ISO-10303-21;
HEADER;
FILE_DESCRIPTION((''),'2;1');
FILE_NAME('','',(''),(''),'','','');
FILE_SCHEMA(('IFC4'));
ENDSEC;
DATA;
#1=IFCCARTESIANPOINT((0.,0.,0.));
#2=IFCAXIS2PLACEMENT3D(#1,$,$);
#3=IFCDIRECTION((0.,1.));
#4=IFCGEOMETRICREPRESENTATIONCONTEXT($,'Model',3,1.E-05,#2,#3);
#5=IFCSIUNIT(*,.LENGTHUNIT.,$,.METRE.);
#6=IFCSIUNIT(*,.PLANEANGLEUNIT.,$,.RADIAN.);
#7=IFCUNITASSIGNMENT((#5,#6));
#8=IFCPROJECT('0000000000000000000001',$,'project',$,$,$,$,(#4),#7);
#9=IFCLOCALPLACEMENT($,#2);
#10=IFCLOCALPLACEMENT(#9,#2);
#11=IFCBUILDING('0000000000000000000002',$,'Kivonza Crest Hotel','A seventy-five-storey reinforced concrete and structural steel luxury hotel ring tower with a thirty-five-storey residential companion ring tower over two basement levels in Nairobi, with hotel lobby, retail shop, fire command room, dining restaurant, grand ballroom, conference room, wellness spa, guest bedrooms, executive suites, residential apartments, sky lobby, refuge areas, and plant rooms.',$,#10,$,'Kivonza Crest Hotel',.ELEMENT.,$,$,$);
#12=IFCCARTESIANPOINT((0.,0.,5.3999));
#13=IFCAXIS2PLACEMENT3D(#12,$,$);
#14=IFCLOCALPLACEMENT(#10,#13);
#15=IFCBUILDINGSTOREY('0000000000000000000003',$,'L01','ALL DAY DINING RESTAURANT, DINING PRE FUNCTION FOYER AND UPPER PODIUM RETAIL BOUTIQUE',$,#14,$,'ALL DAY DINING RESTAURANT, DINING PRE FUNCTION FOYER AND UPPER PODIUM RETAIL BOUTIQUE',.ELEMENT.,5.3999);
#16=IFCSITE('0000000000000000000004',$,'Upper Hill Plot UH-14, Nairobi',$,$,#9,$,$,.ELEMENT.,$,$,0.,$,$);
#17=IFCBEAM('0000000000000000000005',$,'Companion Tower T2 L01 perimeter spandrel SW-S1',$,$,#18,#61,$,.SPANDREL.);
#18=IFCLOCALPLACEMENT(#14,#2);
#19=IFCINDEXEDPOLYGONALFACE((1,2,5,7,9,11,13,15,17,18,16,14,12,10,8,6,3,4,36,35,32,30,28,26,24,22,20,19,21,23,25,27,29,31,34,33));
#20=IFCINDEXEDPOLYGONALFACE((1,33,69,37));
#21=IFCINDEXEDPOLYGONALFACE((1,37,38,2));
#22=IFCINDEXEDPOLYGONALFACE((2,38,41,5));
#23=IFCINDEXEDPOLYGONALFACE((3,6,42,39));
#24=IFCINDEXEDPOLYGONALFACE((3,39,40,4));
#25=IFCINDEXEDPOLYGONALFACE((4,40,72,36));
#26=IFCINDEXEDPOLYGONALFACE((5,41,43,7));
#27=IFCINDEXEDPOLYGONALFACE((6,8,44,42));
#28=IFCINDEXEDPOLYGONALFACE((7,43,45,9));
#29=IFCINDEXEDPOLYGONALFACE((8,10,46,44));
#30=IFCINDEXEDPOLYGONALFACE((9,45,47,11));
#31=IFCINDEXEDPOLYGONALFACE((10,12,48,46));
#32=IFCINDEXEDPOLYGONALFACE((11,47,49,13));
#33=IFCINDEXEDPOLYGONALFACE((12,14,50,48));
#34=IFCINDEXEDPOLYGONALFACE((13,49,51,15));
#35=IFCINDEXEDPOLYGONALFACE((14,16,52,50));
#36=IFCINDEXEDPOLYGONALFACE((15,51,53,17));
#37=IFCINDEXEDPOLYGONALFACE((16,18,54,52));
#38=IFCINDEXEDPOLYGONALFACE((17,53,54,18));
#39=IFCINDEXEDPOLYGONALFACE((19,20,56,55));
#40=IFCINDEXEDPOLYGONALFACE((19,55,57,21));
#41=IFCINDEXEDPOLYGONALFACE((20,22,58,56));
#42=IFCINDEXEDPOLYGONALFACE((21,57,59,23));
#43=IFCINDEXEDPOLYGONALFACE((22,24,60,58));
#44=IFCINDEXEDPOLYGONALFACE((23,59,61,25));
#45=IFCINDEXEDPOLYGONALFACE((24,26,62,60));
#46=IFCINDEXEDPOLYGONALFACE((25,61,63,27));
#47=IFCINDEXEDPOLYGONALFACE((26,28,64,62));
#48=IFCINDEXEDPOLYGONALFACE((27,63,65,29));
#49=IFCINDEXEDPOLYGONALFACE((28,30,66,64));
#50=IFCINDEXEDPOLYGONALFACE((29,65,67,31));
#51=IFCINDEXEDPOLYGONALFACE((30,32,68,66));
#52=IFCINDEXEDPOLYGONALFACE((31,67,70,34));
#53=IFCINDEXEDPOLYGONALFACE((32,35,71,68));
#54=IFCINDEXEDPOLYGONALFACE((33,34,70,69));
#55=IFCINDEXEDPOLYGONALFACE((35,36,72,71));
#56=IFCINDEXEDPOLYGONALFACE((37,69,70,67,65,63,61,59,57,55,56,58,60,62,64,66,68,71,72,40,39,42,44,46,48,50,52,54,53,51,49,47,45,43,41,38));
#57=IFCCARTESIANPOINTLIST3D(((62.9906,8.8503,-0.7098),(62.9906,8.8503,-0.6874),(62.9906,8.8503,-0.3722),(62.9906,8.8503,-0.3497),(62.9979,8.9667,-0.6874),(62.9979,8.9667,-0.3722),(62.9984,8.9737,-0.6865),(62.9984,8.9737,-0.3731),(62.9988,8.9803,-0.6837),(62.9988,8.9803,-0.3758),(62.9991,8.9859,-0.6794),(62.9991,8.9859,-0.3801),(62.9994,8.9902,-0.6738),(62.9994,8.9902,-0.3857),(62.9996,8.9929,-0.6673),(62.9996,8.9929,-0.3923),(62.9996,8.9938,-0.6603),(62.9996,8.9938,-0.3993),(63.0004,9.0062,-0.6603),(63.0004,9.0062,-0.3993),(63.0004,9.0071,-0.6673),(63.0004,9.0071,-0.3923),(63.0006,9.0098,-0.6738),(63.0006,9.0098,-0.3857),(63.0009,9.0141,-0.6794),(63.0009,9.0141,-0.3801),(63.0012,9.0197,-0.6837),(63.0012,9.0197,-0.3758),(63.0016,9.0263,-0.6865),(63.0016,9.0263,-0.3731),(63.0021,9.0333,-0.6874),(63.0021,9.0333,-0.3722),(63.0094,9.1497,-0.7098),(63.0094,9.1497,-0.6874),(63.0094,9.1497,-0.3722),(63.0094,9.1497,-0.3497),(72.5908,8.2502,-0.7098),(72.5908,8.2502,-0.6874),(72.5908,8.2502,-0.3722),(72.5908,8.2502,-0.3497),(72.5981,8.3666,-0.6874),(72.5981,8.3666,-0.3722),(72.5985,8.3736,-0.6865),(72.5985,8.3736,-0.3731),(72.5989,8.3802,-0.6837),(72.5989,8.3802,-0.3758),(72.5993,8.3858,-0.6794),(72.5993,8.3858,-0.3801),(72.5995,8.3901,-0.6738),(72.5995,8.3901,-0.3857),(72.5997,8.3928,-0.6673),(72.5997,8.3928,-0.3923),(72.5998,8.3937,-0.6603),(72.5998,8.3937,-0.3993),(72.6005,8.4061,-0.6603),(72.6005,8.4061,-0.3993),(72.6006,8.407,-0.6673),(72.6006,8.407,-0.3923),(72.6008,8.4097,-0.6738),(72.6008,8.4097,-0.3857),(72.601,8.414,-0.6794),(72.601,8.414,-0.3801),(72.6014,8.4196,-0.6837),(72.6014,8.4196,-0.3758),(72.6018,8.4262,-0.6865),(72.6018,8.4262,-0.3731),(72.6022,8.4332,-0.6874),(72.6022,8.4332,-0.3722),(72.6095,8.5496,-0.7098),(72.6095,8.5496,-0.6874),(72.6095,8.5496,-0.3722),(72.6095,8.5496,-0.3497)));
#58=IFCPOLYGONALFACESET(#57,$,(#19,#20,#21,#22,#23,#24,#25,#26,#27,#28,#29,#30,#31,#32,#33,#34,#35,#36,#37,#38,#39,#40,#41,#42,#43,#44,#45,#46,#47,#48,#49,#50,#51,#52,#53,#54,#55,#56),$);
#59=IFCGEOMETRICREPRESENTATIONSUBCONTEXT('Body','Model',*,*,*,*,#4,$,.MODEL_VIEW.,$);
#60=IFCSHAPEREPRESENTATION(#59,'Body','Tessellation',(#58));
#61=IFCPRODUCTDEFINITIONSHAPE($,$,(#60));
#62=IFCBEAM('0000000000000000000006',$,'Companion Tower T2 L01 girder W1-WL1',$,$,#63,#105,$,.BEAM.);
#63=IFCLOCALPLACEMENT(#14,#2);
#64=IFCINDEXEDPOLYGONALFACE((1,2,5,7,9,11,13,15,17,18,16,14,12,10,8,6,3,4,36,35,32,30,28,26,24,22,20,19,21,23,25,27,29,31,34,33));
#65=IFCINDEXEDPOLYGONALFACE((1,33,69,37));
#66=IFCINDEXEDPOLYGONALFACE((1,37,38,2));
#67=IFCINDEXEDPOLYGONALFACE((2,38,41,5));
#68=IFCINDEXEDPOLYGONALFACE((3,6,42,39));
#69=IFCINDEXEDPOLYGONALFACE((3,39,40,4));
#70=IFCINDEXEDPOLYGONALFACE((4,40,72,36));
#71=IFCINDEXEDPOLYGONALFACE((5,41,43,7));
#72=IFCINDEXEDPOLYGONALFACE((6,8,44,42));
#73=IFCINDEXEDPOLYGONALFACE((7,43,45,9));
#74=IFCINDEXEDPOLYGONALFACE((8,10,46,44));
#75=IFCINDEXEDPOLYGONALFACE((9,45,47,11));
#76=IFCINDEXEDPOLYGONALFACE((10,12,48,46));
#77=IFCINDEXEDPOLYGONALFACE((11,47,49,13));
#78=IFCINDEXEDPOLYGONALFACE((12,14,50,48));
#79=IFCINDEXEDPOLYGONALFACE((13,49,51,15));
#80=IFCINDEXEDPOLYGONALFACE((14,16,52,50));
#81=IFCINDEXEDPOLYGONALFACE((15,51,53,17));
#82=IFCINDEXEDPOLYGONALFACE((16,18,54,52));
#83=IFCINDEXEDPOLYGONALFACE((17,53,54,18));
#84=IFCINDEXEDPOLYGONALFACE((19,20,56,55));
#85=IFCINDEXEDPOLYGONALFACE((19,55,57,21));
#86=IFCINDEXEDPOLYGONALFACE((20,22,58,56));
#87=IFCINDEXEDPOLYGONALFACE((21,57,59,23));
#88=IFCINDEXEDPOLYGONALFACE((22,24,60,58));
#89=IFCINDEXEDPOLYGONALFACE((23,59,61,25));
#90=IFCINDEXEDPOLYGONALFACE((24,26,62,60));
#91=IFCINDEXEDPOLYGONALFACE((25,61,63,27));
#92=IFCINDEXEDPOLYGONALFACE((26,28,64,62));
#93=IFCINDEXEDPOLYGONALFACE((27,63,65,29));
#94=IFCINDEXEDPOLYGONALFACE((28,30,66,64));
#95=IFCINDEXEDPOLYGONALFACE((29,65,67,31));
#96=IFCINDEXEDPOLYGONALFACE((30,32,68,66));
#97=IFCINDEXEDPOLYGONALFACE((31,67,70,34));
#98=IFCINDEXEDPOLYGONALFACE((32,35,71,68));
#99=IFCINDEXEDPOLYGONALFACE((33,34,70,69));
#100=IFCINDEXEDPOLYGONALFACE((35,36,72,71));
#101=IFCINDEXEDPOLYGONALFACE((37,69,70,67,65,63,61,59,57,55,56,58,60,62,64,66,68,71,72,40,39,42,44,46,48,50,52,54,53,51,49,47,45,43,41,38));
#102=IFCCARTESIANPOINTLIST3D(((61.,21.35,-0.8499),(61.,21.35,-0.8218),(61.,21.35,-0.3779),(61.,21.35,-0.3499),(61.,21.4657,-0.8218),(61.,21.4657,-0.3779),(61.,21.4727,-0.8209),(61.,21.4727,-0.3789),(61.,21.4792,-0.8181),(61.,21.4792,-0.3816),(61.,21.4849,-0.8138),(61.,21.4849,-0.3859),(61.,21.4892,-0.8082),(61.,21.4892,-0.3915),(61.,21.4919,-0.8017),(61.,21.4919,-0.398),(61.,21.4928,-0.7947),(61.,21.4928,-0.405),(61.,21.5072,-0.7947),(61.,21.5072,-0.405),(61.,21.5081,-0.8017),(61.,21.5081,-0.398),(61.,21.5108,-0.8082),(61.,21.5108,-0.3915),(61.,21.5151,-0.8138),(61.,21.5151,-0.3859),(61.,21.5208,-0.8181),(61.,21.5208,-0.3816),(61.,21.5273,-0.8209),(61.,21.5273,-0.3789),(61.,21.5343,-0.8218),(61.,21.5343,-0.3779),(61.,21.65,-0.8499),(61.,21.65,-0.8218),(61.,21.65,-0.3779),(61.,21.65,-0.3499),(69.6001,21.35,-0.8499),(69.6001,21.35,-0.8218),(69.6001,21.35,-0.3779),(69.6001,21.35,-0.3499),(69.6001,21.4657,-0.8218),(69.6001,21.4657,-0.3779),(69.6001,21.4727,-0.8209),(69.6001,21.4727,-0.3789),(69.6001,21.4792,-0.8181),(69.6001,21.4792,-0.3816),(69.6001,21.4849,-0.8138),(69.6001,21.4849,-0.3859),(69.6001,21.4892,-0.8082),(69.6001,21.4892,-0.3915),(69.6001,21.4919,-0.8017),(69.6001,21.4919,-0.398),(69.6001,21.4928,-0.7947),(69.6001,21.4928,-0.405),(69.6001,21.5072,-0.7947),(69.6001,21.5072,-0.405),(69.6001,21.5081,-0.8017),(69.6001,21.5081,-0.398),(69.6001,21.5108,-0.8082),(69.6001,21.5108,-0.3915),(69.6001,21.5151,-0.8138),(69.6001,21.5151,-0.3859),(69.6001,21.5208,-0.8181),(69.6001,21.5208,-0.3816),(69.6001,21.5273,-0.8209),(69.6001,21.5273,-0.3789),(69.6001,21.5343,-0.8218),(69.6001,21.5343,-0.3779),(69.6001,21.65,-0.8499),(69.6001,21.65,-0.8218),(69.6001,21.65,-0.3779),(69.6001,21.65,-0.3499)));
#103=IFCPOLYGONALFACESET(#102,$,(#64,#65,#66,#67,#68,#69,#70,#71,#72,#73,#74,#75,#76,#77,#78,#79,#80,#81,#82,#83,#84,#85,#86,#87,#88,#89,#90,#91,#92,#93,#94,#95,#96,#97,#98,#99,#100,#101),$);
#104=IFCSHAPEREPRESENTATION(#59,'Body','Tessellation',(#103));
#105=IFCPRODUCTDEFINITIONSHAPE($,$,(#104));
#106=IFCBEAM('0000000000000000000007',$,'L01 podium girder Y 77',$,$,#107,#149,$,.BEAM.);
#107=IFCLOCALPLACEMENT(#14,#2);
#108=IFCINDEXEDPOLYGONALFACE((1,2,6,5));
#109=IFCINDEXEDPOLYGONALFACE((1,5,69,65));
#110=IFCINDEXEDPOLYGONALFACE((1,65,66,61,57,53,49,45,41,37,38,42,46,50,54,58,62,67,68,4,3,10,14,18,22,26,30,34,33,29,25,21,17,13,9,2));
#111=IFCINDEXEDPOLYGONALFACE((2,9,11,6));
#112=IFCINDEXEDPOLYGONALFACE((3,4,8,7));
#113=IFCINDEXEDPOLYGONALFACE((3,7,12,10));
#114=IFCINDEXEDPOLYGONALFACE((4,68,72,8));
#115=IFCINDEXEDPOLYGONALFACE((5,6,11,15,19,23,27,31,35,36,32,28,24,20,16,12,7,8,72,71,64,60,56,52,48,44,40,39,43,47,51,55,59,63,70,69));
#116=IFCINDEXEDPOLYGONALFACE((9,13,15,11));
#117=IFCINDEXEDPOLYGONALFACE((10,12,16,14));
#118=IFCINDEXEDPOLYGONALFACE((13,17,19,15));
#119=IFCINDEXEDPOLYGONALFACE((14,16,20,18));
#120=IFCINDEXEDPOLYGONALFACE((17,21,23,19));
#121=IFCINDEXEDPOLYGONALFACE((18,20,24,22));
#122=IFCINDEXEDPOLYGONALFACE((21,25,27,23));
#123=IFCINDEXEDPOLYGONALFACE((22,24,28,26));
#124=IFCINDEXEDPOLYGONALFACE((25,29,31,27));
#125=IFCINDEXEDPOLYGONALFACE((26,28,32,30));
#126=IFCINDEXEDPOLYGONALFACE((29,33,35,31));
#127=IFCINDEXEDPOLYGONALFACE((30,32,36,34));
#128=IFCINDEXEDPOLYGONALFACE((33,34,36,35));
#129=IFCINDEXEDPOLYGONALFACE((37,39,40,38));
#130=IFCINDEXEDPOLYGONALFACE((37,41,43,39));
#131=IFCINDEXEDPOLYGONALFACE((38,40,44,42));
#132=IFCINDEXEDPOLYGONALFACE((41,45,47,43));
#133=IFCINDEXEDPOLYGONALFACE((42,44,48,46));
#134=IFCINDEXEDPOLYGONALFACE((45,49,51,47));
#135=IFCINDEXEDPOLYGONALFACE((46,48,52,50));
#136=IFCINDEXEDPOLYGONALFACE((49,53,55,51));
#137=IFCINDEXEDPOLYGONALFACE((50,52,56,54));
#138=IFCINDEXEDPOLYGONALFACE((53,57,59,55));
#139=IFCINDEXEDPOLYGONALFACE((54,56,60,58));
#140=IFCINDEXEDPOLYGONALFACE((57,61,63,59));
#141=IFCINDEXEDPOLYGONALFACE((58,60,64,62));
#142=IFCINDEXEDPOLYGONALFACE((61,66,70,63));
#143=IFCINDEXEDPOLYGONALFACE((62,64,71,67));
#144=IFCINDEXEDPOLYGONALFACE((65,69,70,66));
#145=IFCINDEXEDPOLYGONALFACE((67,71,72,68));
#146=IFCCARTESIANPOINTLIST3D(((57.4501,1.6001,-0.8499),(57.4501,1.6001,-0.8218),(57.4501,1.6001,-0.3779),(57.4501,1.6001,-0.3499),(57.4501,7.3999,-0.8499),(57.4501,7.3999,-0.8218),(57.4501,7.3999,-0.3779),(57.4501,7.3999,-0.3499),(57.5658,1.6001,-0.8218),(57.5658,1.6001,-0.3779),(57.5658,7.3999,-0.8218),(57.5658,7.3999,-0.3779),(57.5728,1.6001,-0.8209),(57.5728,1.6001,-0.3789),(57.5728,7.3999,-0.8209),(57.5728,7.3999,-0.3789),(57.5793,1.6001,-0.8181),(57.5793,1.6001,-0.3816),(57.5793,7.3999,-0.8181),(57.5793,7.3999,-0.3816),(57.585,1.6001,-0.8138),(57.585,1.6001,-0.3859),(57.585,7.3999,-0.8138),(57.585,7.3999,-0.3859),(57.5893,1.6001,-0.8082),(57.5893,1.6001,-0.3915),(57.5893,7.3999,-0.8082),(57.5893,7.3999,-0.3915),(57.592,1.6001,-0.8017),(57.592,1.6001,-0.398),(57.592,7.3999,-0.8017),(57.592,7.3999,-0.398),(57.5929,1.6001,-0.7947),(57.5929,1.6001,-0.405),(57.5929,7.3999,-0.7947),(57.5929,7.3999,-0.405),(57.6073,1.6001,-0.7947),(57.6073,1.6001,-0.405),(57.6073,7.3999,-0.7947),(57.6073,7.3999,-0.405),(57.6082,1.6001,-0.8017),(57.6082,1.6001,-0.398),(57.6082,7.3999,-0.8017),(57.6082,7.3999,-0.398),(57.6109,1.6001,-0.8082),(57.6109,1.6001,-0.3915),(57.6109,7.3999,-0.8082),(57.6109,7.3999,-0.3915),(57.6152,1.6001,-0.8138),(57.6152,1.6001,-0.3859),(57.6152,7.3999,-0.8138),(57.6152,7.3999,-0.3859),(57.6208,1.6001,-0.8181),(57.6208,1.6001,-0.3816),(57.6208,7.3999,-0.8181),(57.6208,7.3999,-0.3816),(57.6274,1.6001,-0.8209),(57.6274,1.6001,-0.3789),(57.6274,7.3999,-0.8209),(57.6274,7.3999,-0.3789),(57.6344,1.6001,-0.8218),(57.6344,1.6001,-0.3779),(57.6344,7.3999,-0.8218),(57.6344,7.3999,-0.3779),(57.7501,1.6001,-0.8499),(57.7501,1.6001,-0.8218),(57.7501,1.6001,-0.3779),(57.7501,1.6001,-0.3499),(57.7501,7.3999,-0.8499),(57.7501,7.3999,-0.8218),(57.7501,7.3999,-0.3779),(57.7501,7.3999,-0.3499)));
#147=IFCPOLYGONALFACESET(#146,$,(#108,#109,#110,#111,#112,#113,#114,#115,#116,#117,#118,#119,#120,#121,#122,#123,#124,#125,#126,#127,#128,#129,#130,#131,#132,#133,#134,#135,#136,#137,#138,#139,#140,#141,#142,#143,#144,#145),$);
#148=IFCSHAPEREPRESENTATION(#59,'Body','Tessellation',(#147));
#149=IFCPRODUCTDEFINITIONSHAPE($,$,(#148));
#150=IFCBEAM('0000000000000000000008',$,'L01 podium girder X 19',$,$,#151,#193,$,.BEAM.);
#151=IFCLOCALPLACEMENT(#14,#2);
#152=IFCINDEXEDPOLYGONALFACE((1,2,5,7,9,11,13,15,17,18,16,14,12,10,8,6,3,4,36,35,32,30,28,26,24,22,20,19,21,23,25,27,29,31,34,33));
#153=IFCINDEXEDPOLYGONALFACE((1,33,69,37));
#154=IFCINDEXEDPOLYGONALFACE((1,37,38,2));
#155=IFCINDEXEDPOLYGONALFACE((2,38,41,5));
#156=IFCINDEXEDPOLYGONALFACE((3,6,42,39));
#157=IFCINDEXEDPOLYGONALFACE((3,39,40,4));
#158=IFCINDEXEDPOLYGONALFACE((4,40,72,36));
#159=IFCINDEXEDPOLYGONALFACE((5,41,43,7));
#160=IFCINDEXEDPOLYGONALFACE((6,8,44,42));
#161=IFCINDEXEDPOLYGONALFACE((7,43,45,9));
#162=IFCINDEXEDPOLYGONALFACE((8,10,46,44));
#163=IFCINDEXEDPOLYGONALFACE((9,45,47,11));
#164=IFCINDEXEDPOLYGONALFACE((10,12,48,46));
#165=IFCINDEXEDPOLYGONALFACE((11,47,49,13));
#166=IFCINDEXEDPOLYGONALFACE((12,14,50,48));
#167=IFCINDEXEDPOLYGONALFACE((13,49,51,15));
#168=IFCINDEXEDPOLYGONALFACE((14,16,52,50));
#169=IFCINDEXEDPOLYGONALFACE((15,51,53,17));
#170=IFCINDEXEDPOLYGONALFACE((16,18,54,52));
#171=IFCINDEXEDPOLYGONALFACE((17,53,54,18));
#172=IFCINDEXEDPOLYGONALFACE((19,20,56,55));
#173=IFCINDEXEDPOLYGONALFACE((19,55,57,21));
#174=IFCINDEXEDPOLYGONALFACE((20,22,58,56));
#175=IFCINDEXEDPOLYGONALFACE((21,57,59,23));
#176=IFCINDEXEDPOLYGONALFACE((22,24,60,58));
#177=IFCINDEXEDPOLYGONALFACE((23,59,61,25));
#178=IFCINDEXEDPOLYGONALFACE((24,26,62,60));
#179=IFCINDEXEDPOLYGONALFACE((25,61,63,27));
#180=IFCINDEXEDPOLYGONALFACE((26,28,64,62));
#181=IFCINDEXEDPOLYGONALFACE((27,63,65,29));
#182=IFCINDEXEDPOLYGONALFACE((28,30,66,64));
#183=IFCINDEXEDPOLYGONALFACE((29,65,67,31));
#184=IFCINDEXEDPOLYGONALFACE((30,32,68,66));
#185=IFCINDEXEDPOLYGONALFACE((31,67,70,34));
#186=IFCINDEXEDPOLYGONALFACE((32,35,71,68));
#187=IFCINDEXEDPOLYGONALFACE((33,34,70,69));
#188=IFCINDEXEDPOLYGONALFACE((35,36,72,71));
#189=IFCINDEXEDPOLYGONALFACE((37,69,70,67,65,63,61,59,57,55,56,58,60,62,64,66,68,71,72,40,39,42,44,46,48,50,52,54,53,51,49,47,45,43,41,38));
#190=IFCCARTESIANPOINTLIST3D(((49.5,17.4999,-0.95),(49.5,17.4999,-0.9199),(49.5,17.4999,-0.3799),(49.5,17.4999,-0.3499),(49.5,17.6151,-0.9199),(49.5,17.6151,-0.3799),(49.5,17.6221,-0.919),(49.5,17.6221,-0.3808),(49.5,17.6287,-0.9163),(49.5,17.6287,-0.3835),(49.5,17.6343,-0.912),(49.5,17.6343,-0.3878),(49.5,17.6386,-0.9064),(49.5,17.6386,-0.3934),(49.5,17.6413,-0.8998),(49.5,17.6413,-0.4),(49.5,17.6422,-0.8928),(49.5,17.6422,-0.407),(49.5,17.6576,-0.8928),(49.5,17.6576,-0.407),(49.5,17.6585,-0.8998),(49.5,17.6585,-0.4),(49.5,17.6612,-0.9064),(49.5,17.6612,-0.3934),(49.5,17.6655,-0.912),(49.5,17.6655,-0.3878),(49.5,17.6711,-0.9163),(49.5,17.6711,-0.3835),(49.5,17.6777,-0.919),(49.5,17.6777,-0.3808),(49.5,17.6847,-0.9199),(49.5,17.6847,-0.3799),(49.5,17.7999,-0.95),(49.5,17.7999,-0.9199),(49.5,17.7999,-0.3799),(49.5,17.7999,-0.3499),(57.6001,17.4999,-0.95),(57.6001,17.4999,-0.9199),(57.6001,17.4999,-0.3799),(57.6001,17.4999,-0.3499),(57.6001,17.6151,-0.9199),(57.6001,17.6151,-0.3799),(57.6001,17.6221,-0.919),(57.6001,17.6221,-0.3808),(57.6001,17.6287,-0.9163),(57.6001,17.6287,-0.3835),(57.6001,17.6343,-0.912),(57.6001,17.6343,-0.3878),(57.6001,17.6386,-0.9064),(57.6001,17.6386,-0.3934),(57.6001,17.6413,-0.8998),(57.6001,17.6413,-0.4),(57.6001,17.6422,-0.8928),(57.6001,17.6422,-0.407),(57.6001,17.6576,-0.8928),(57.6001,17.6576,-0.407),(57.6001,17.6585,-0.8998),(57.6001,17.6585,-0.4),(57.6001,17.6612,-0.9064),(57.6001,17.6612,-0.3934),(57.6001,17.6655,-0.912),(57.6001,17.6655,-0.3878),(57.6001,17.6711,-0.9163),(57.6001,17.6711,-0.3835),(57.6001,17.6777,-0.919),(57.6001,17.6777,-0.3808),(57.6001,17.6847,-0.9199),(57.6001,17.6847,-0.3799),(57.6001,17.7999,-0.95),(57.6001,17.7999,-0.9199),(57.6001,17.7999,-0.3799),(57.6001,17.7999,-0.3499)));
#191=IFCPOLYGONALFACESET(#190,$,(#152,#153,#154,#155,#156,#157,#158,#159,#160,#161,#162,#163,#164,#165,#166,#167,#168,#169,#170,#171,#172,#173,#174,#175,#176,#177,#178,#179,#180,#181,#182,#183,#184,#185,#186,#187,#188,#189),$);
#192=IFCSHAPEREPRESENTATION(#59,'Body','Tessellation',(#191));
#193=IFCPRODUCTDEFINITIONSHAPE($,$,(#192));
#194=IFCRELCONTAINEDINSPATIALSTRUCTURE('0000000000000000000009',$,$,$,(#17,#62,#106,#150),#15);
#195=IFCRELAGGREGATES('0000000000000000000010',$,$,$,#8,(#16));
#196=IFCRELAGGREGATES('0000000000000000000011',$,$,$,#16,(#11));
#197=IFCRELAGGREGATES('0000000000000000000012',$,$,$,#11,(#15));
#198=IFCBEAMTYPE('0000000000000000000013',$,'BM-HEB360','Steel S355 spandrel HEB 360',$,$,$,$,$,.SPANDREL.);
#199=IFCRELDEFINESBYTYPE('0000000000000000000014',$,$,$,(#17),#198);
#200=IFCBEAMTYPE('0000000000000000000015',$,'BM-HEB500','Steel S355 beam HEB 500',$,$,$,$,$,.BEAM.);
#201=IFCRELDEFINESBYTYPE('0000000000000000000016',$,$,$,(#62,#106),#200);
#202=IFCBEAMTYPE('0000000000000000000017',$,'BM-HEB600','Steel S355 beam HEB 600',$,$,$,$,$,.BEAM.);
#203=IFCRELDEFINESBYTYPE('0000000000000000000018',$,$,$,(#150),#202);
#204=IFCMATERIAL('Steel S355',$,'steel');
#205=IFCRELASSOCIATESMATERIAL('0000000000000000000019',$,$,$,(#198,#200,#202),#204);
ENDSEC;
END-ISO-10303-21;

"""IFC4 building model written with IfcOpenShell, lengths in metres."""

from ifc_helpers import new_model, si_unit, direction, frame, origin, origin_2d, place, context, subcontext, project, spatial, i_section, extrude, material, material_profile, profile_set, type_object, element, save


model = new_model("IFC4")

# Units and contexts
model_context = context("Model", 3, precision=1e-05, world=origin(), true_north=direction((0.0, 1.0)))
body_context = subcontext(model_context, "Body", "Model", "MODEL_VIEW")
ifc_project = project(units=[si_unit("LENGTHUNIT", "METRE"), si_unit("PLANEANGLEUNIT", "RADIAN")], contexts=[model_context])

# Site, building, storey
site_placement = place(None, origin())
site = spatial("IfcSite", under=ifc_project, at=site_placement, Name="Upper Hill Plot UH-14, Nairobi", CompositionType="ELEMENT", RefElevation=0.0)
building_placement = place(site_placement, origin())
building = spatial("IfcBuilding", under=site, at=building_placement, Name="Kivonza Crest Hotel", Description="A seventy-five-storey reinforced concrete and structural steel luxury hotel ring tower with a thirty-five-storey residential companion ring tower over two basement levels in Nairobi, with hotel lobby, retail shop, fire command room, dining restaurant, grand ballroom, conference room, wellness spa, guest bedrooms, executive suites, residential apartments, sky lobby, refuge areas, and plant rooms.", LongName="Kivonza Crest Hotel", CompositionType="ELEMENT")
storey_placement = place(building_placement, frame((0.0, 0.0, 5.3999)))
storey = spatial("IfcBuildingStorey", under=building, at=storey_placement, Name="L01", Description="ALL DAY DINING RESTAURANT, DINING PRE FUNCTION FOYER AND UPPER PODIUM RETAIL BOUTIQUE", LongName="ALL DAY DINING RESTAURANT, DINING PRE FUNCTION FOYER AND UPPER PODIUM RETAIL BOUTIQUE", CompositionType="ELEMENT", Elevation=5.3999)

# Beams
ifc_material_1 = material(Name="Steel S355", Category="steel")
ifc_material_profile_1 = material_profile(ifc_material_1, i_section(OverallWidth=0.3, OverallDepth=0.3601, WebThickness=0.0125, FlangeThickness=0.0225, FilletRadius=0.0271, at=origin_2d()), Name="HEB 360")
ifc_profile_set_1 = profile_set([ifc_material_profile_1], Name="Steel S355")
beam_type_1 = type_object("IfcBeamType", Name="BM-HEB360", Description="Steel S355 spandrel HEB 360", PredefinedType="SPANDREL", material=ifc_profile_set_1)
beam_1_placement = place(storey_placement, frame((63.0, 9.0, -0.5298), z_axis=(0.998052, -0.062388, 0.0), x_axis=(0.062388, 0.998052, 0.0)))
element("IfcBeam", 1, at=beam_1_placement, inside=storey, type_object=beam_type_1, Name="Companion Tower T2 L01 perimeter spandrel SW-S1", PredefinedType="SPANDREL", context=body_context, shape_type="SweptSolid", body=[
    extrude(i_section(OverallWidth=0.3, OverallDepth=0.3601, WebThickness=0.0125, FlangeThickness=0.0225, FilletRadius=0.0271, at=origin_2d()), origin(), (0.0, 0.0, 1.0), 9.6189),
])
ifc_material_profile_2 = material_profile(ifc_material_1, i_section(OverallWidth=0.3, OverallDepth=0.5, WebThickness=0.0144, FlangeThickness=0.0281, FilletRadius=0.0271, at=origin_2d()), Name="HEB 500")
ifc_profile_set_2 = profile_set([ifc_material_profile_2], Name="Steel S355")
beam_type_2 = type_object("IfcBeamType", Name="BM-HEB500", Description="Steel S355 beam HEB 500", PredefinedType="BEAM", material=ifc_profile_set_2)
beam_2_placement = place(storey_placement, frame((61.0, 21.5, -0.5999), z_axis=(1.0, 0.0, 0.0), x_axis=(0.0, 1.0, 0.0)))
element("IfcBeam", 2, at=beam_2_placement, inside=storey, type_object=beam_type_2, Name="Companion Tower T2 L01 girder W1-WL1", PredefinedType="BEAM", context=body_context, shape_type="SweptSolid", body=[
    extrude(i_section(OverallWidth=0.3, OverallDepth=0.5, WebThickness=0.0144, FlangeThickness=0.0281, FilletRadius=0.0271, at=origin_2d()), origin(), (0.0, 0.0, 1.0), 8.6001),
])
beam_3_placement = place(storey_placement, frame((57.6001, 1.6001, -0.5999), z_axis=(0.0, 1.0, 0.0), x_axis=(-1.0, 0.0, 0.0)))
element("IfcBeam", 3, at=beam_3_placement, inside=storey, type_object=beam_type_2, Name="L01 podium girder Y 77", PredefinedType="BEAM", context=body_context, shape_type="SweptSolid", body=[
    extrude(i_section(OverallWidth=0.3, OverallDepth=0.5, WebThickness=0.0144, FlangeThickness=0.0281, FilletRadius=0.0271, at=origin_2d()), origin(), (0.0, 0.0, 1.0), 5.7998),
])
ifc_material_profile_3 = material_profile(ifc_material_1, i_section(OverallWidth=0.3, OverallDepth=0.6001, WebThickness=0.0154, FlangeThickness=0.03, FilletRadius=0.0271, at=origin_2d()), Name="HEB 600")
ifc_profile_set_3 = profile_set([ifc_material_profile_3], Name="Steel S355")
beam_type_3 = type_object("IfcBeamType", Name="BM-HEB600", Description="Steel S355 beam HEB 600", PredefinedType="BEAM", material=ifc_profile_set_3)
beam_4_placement = place(storey_placement, frame((49.5, 17.6499, -0.6499), z_axis=(1.0, 0.0, 0.0), x_axis=(0.0, 1.0, 0.0)))
element("IfcBeam", 4, at=beam_4_placement, inside=storey, type_object=beam_type_3, Name="L01 podium girder X 19", PredefinedType="BEAM", context=body_context, shape_type="SweptSolid", body=[
    extrude(i_section(OverallWidth=0.3, OverallDepth=0.6001, WebThickness=0.0154, FlangeThickness=0.03, FilletRadius=0.0271, at=origin_2d()), origin(), (0.0, 0.0, 1.0), 8.1001),
])

save(model, "model.ifc")
